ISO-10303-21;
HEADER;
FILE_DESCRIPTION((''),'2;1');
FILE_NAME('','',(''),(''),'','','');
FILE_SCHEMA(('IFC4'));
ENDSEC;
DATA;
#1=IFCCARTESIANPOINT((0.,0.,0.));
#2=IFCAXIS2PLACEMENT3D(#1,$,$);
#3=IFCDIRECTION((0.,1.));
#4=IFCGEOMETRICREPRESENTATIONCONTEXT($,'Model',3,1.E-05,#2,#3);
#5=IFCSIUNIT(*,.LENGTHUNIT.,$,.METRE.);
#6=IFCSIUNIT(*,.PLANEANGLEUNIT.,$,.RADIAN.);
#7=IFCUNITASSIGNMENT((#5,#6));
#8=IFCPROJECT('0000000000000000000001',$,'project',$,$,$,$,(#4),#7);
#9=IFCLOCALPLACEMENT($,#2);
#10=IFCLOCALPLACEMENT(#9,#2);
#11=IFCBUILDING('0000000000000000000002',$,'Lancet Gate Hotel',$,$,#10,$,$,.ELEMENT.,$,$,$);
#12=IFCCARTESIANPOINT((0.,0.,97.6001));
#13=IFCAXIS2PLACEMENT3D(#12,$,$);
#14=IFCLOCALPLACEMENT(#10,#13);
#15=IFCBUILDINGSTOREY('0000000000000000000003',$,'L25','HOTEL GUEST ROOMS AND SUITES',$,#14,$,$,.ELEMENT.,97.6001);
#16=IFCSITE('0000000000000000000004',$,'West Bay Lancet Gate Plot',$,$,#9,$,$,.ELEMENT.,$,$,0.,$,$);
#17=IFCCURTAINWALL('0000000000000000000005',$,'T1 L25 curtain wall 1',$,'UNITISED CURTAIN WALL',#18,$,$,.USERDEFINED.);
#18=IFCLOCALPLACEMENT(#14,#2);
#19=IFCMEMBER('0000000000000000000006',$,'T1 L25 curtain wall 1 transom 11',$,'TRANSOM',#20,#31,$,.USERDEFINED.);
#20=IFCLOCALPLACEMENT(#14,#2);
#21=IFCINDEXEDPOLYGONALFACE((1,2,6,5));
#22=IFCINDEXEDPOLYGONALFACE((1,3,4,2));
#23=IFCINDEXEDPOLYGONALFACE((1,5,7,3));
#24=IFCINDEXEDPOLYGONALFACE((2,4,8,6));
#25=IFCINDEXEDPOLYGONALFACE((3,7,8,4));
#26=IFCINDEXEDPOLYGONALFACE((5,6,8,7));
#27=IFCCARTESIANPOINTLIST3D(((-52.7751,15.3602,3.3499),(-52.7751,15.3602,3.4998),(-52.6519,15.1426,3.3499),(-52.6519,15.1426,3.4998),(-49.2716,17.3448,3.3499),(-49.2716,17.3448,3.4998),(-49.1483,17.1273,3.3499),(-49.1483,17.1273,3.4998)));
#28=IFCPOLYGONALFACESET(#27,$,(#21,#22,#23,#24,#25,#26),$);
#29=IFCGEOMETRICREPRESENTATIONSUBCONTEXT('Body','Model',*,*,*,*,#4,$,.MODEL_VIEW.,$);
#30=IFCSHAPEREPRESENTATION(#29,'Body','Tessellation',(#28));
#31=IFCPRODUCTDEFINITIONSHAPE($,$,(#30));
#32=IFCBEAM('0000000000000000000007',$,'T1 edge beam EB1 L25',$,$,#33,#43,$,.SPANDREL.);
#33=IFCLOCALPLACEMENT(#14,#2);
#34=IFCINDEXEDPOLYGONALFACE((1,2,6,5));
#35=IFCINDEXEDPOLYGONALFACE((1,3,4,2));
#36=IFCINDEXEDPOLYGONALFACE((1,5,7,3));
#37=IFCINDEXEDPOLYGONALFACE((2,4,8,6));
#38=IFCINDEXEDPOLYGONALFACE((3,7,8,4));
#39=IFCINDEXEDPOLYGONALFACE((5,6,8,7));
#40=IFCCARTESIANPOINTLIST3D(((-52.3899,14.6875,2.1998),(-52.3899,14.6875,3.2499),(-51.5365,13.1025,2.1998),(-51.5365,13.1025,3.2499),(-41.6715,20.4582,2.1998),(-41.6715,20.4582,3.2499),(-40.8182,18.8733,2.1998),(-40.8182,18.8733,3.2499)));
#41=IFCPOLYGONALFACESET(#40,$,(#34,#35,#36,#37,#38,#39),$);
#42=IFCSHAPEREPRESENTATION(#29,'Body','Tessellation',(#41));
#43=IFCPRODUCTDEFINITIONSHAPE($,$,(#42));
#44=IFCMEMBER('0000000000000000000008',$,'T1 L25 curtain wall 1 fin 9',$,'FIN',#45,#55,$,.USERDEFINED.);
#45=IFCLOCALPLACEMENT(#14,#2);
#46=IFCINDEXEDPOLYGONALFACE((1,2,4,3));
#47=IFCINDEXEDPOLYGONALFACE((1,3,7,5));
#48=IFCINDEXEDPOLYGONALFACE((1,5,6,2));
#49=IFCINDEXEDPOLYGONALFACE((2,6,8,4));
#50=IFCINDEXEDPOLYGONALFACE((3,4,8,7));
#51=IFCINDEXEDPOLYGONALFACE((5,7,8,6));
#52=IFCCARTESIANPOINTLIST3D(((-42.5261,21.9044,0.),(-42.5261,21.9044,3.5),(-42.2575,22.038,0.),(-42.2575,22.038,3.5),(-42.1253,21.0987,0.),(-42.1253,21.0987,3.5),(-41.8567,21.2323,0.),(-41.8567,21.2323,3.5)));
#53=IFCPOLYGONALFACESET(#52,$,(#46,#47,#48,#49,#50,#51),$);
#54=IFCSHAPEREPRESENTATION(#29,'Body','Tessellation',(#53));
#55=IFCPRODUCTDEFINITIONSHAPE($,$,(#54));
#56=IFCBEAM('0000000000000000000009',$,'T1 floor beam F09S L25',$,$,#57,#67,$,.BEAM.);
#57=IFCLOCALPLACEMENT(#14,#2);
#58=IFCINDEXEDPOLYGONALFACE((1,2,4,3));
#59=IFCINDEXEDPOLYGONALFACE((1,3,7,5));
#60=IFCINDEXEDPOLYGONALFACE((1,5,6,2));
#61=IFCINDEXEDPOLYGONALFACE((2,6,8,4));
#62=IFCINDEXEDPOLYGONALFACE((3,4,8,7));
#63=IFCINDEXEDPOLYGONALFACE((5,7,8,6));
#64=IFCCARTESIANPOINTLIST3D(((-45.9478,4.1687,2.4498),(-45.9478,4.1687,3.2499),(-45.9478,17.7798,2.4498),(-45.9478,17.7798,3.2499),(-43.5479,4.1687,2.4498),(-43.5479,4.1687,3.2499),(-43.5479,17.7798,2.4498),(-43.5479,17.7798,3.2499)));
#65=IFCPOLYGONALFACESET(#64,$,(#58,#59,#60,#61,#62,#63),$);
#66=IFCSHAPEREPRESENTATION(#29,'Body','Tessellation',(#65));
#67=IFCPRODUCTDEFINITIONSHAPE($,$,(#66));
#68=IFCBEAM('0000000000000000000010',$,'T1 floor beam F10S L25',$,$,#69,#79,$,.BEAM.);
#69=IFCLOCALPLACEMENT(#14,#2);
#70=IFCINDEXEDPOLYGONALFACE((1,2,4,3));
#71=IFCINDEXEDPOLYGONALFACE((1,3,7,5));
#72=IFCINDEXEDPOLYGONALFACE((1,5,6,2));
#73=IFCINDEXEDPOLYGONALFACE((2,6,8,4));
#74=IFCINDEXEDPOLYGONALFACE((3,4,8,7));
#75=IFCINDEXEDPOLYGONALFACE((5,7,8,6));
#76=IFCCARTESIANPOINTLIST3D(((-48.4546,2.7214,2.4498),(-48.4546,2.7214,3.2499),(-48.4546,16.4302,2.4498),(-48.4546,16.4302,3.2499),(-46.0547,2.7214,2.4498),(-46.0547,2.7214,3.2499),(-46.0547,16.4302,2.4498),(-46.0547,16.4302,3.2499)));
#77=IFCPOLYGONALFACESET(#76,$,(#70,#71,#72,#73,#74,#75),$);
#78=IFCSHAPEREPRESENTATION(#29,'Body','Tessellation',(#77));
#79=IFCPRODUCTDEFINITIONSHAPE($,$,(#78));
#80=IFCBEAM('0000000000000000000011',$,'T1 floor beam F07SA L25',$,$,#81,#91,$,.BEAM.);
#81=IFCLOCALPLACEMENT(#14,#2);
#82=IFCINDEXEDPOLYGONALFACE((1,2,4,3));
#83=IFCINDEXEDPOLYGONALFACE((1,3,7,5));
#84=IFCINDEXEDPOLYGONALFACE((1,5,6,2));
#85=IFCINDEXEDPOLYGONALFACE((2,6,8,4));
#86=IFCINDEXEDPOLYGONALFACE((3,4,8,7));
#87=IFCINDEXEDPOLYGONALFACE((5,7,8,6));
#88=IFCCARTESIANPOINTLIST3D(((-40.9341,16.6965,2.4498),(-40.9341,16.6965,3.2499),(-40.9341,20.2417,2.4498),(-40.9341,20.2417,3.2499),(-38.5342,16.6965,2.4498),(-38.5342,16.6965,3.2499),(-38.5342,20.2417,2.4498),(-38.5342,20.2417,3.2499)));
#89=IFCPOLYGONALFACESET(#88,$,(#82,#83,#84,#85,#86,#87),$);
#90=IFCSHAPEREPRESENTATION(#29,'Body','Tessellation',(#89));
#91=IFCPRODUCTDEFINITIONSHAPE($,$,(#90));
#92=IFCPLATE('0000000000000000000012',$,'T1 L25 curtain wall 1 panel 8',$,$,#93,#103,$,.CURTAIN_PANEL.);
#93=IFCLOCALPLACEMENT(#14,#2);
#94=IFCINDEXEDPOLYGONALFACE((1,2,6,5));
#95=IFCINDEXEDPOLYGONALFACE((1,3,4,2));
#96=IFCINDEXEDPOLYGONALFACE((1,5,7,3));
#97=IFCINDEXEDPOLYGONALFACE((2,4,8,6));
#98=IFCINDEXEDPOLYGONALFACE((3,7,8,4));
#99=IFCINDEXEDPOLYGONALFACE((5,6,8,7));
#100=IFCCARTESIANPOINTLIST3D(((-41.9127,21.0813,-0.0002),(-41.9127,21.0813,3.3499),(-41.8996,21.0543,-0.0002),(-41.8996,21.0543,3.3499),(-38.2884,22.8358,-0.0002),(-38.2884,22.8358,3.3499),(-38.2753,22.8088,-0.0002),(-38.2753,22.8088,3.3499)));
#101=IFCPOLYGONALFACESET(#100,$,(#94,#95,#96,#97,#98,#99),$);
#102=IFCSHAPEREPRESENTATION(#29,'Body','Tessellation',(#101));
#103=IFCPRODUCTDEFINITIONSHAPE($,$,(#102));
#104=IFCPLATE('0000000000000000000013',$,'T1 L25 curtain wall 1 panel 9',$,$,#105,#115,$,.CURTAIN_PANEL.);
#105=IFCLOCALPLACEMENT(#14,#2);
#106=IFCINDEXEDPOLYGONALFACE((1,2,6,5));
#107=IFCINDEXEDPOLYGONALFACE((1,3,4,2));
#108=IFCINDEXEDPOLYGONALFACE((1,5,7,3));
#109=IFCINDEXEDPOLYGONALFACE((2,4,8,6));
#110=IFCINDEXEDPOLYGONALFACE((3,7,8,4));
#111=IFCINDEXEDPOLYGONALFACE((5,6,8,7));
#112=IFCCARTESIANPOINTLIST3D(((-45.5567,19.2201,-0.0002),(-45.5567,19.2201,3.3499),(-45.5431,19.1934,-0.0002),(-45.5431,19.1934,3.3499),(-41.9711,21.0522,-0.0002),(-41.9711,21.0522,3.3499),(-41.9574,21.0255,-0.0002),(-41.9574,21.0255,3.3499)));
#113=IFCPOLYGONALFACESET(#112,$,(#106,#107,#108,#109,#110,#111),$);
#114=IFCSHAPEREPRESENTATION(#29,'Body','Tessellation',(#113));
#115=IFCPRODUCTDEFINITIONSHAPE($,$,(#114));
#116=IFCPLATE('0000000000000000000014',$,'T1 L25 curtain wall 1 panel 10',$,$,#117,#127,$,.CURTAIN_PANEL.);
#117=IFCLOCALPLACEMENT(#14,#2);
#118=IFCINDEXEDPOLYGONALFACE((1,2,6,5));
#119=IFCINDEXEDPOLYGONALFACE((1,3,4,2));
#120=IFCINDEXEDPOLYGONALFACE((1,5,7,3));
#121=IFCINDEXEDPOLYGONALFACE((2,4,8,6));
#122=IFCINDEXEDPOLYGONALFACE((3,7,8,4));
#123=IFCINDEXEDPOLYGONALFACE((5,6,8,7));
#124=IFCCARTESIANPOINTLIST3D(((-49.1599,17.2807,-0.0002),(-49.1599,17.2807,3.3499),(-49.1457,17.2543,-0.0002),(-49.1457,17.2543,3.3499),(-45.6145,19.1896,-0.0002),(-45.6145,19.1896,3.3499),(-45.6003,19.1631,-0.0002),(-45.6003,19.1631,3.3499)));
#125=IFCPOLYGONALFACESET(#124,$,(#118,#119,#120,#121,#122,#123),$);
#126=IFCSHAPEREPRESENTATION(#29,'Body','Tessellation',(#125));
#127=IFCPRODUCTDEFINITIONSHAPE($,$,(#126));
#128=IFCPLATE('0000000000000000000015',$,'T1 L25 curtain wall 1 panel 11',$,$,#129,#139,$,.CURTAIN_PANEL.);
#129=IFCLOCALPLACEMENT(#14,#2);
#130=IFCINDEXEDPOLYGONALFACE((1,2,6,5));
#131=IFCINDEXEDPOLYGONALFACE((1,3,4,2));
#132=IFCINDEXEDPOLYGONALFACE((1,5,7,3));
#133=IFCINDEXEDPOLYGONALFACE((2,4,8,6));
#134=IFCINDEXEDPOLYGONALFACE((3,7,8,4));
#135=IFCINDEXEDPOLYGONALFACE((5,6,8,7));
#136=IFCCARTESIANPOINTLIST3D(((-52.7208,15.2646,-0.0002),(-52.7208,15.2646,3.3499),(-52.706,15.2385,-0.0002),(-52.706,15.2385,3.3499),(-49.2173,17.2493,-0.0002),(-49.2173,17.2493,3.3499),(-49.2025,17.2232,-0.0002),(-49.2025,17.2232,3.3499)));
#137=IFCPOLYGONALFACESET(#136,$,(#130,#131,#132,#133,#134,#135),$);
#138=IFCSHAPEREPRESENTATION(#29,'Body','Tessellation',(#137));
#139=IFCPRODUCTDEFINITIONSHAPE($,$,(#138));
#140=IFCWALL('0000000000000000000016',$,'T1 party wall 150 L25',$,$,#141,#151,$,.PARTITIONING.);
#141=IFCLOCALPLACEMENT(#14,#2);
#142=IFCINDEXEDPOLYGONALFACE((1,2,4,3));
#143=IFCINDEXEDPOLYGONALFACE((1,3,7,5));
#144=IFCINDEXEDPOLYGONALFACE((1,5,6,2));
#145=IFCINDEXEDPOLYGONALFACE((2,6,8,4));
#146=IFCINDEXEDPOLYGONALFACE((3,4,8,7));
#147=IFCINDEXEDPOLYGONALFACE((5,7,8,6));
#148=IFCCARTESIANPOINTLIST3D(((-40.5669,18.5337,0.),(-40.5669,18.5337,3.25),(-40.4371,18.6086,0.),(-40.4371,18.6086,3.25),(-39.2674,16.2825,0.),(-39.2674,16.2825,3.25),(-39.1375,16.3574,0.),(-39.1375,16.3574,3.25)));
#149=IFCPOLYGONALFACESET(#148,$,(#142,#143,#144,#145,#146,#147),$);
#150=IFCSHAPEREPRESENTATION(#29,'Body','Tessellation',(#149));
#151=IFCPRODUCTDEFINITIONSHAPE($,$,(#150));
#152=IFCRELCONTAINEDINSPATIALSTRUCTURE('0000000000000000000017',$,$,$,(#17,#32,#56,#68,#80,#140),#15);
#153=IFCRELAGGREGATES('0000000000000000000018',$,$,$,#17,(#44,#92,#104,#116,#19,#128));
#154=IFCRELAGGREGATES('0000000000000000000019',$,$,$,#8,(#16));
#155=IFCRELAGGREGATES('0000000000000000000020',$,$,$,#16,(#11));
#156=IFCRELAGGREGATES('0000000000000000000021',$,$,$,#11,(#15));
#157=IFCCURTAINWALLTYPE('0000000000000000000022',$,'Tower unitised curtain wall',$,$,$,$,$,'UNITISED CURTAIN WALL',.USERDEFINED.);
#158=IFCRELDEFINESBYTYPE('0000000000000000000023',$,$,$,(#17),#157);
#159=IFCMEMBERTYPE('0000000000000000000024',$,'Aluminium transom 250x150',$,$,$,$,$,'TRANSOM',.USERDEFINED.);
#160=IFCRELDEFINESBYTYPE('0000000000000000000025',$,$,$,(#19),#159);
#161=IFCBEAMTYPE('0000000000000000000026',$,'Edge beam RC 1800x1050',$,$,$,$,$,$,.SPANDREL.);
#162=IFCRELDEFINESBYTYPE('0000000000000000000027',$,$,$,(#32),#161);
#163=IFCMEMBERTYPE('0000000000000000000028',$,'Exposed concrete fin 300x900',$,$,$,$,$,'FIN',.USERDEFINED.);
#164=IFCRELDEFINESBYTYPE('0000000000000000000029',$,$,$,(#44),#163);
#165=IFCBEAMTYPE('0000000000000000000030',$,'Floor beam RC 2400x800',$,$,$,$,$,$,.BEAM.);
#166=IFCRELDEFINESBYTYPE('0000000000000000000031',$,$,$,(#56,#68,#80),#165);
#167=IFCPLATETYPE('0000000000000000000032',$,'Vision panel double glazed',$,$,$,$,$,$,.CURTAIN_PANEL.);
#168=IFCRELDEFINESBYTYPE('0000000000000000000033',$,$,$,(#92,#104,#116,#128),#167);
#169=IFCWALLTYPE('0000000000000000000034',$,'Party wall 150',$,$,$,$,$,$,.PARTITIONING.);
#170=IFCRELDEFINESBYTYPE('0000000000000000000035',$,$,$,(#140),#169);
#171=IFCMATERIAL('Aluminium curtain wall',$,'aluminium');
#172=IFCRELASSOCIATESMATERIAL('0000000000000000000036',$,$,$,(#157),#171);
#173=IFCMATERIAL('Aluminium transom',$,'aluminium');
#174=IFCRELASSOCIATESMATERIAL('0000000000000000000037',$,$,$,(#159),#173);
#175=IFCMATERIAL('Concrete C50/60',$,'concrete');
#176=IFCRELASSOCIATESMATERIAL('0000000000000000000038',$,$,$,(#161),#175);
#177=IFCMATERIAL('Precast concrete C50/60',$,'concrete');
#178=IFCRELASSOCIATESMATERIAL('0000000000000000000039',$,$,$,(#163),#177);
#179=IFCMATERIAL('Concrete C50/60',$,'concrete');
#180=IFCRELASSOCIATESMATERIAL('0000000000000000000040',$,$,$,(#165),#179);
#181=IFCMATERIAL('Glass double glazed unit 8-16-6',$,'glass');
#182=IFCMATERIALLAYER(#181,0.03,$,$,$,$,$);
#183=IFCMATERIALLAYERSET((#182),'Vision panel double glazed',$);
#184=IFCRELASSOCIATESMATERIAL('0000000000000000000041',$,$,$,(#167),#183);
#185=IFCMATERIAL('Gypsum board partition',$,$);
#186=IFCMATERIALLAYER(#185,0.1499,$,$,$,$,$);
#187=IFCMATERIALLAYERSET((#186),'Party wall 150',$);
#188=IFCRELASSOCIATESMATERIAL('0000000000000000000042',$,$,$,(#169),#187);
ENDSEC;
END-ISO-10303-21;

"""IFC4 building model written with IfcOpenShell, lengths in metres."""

from ifc_helpers import new_model, si_unit, direction, frame, frame_2d, origin, origin_2d, place, context, subcontext, project, spatial, rectangle, extrude, material, layer, layer_set, material_profile, profile_set, type_object, element, aggregate, save


model = new_model("IFC4")

# Units and contexts
model_context = context("Model", 3, precision=1e-05, world=origin(), true_north=direction((0.0, 1.0)))
body_context = subcontext(model_context, "Body", "Model", "MODEL_VIEW")
ifc_project = project(units=[si_unit("LENGTHUNIT", "METRE"), si_unit("PLANEANGLEUNIT", "RADIAN")], contexts=[model_context])

# Site, building, storey
site_placement = place(None, origin())
site = spatial("IfcSite", under=ifc_project, at=site_placement, Name="West Bay Lancet Gate Plot", CompositionType="ELEMENT", RefElevation=0.0)
building_placement = place(site_placement, origin())
building = spatial("IfcBuilding", under=site, at=building_placement, Name="Lancet Gate Hotel", CompositionType="ELEMENT")
storey_placement = place(building_placement, frame((0.0, 0.0, 97.6001)))
storey = spatial("IfcBuildingStorey", under=building, at=storey_placement, Name="L25", Description="HOTEL GUEST ROOMS AND SUITES", CompositionType="ELEMENT", Elevation=97.6001)

# Curtain wall, member
ifc_material_1 = material(Name="Aluminium curtain wall", Category="aluminium")
curtain_wall_type = type_object("IfcCurtainWallType", Name="Tower unitised curtain wall", ElementType="UNITISED CURTAIN WALL", PredefinedType="USERDEFINED", material=ifc_material_1)
curtain_wall_placement = place(storey_placement, origin())
curtain_wall = element("IfcCurtainWall", 1, at=curtain_wall_placement, inside=storey, type_object=curtain_wall_type, Name="T1 L25 curtain wall 1", ObjectType="UNITISED CURTAIN WALL", PredefinedType="USERDEFINED")
ifc_material_2 = material(Name="Aluminium transom", Category="aluminium")
ifc_material_profile_1 = material_profile(ifc_material_2, rectangle(XDim=0.25, YDim=0.1499, at=origin_2d()), Name="TRANSOM 250x150")
ifc_profile_set_1 = profile_set([ifc_material_profile_1], Name="Aluminium transom")
member_type_1 = type_object("IfcMemberType", Name="Aluminium transom 250x150", ElementType="TRANSOM", PredefinedType="USERDEFINED", material=ifc_profile_set_1)
member_1_placement = place(storey_placement, frame((-49.21, 17.2361, 3.4248), z_axis=(-0.870092, -0.49289, 0.0), x_axis=(0.49289, -0.870092, 0.0)))
member_1 = element("IfcMember", 2, at=member_1_placement, type_object=member_type_1, Name="T1 L25 curtain wall 1 transom 11", ObjectType="TRANSOM", PredefinedType="USERDEFINED", context=body_context, shape_type="SweptSolid", body=[
    extrude(rectangle(XDim=0.25, YDim=0.1499, at=origin_2d()), origin(), (0.0, 0.0, 1.0), 4.0266),
])

# Beam
ifc_material_3 = material(Name="Concrete C50/60", Category="concrete")
ifc_material_profile_2 = material_profile(ifc_material_3, rectangle(XDim=1.8, YDim=1.05, at=origin_2d()), Name="RC 1800x1050")
ifc_profile_set_2 = profile_set([ifc_material_profile_2], Name="Concrete C50/60")
beam_type_1 = type_object("IfcBeamType", Name="Edge beam RC 1800x1050", PredefinedType="SPANDREL", material=ifc_profile_set_2)
beam_1_placement = place(storey_placement, frame((-41.2449, 19.6658, 2.7249), z_axis=(-0.880492, -0.47406, 0.0), x_axis=(0.47406, -0.880492, 0.0)))
element("IfcBeam", 3, at=beam_1_placement, inside=storey, type_object=beam_type_1, Name="T1 edge beam EB1 L25", PredefinedType="SPANDREL", context=body_context, shape_type="SweptSolid", body=[
    extrude(rectangle(XDim=1.8, YDim=1.05, at=origin_2d()), origin(), (0.0, 0.0, 1.0), 12.1731),
])

# Member
ifc_material_4 = material(Name="Precast concrete C50/60", Category="concrete")
ifc_material_profile_3 = material_profile(ifc_material_4, rectangle(XDim=0.3, YDim=0.8999, at=origin_2d()), Name="FIN 300x900")
ifc_profile_set_3 = profile_set([ifc_material_profile_3], Name="Precast concrete C50/60")
member_type_2 = type_object("IfcMemberType", Name="Exposed concrete fin 300x900", ElementType="FIN", PredefinedType="USERDEFINED", material=ifc_profile_set_3)
member_2_placement = place(storey_placement, frame((-42.1914, 21.5684, 0.0), z_axis=(0.0, 0.0, 1.0), x_axis=(-0.895339, -0.445384, 0.0)))
member_2 = element("IfcMember", 4, at=member_2_placement, type_object=member_type_2, Name="T1 L25 curtain wall 1 fin 9", ObjectType="FIN", PredefinedType="USERDEFINED", context=body_context, shape_type="SweptSolid", body=[
    extrude(rectangle(XDim=0.3, YDim=0.8999, at=origin_2d()), origin(), (0.0, 0.0, 1.0), 3.5),
])

# Beams
ifc_material_5 = material(Name="Concrete C50/60", Category="concrete")
ifc_material_profile_4 = material_profile(ifc_material_5, rectangle(XDim=2.3999, YDim=0.8, at=origin_2d()), Name="RC 2400x800")
ifc_profile_set_4 = profile_set([ifc_material_profile_4], Name="Concrete C50/60")
beam_type_2 = type_object("IfcBeamType", Name="Floor beam RC 2400x800", PredefinedType="BEAM", material=ifc_profile_set_4)
beam_2_placement = place(storey_placement, frame((-44.7478, 17.7798, 2.8499), z_axis=(0.0, -1.0, 0.0), x_axis=(1.0, 0.0, 0.0)))
element("IfcBeam", 5, at=beam_2_placement, inside=storey, type_object=beam_type_2, Name="T1 floor beam F09S L25", PredefinedType="BEAM", context=body_context, shape_type="SweptSolid", body=[
    extrude(rectangle(XDim=2.3999, YDim=0.8, at=origin_2d()), origin(), (0.0, 0.0, 1.0), 13.6111),
])
beam_3_placement = place(storey_placement, frame((-47.2546, 16.4302, 2.8499), z_axis=(0.0, -1.0, 0.0), x_axis=(1.0, 0.0, 0.0)))
element("IfcBeam", 6, at=beam_3_placement, inside=storey, type_object=beam_type_2, Name="T1 floor beam F10S L25", PredefinedType="BEAM", context=body_context, shape_type="SweptSolid", body=[
    extrude(rectangle(XDim=2.3999, YDim=0.8, at=origin_2d()), origin(), (0.0, 0.0, 1.0), 13.7087),
])
beam_4_placement = place(storey_placement, frame((-39.7341, 20.2417, 2.8499), z_axis=(0.0, -1.0, 0.0), x_axis=(1.0, 0.0, 0.0)))
element("IfcBeam", 7, at=beam_4_placement, inside=storey, type_object=beam_type_2, Name="T1 floor beam F07SA L25", PredefinedType="BEAM", context=body_context, shape_type="SweptSolid", body=[
    extrude(rectangle(XDim=2.3999, YDim=0.8, at=origin_2d()), origin(), (0.0, 0.0, 1.0), 3.5452),
])

# Plates
ifc_material_6 = material(Name="Glass double glazed unit 8-16-6", Category="glass")
ifc_layer_1 = layer(ifc_material_6, 0.03)
ifc_layer_set_1 = layer_set([ifc_layer_1], Name="Vision panel double glazed")
plate_type = type_object("IfcPlateType", Name="Vision panel double glazed", PredefinedType="CURTAIN_PANEL", material=ifc_layer_set_1)
plate_1_placement = place(storey_placement, frame((-40.094, 21.9451, -0.0002), z_axis=(0.0, 0.0, 1.0), x_axis=(-0.900082, -0.435721, 0.0)))
plate_1 = element("IfcPlate", 8, at=plate_1_placement, type_object=plate_type, Name="T1 L25 curtain wall 1 panel 8", PredefinedType="CURTAIN_PANEL", context=body_context, shape_type="SweptSolid", body=[
    extrude(rectangle(XDim=4.0266, YDim=0.03, at=origin_2d()), origin(), (0.0, 0.0, 1.0), 3.3501),
])
plate_2_placement = place(storey_placement, frame((-43.7571, 20.1228, -0.0002), z_axis=(0.0, 0.0, 1.0), x_axis=(-0.890493, -0.454996, 0.0)))
plate_2 = element("IfcPlate", 9, at=plate_2_placement, type_object=plate_type, Name="T1 L25 curtain wall 1 panel 9", PredefinedType="CURTAIN_PANEL", context=body_context, shape_type="SweptSolid", body=[
    extrude(rectangle(XDim=4.0266, YDim=0.03, at=origin_2d()), origin(), (0.0, 0.0, 1.0), 3.3501),
])
plate_3_placement = place(storey_placement, frame((-47.3801, 18.2219, -0.0002), z_axis=(0.0, 0.0, 1.0), x_axis=(-0.880493, -0.47406, 0.0)))
plate_3 = element("IfcPlate", 10, at=plate_3_placement, type_object=plate_type, Name="T1 L25 curtain wall 1 panel 10", PredefinedType="CURTAIN_PANEL", context=body_context, shape_type="SweptSolid", body=[
    extrude(rectangle(XDim=4.0266, YDim=0.03, at=origin_2d()), origin(), (0.0, 0.0, 1.0), 3.3501),
])
plate_4_placement = place(storey_placement, frame((-50.9617, 16.2439, -0.0002), z_axis=(0.0, 0.0, 1.0), x_axis=(-0.870084, -0.492904, 0.0)))
plate_4 = element("IfcPlate", 11, at=plate_4_placement, type_object=plate_type, Name="T1 L25 curtain wall 1 panel 11", PredefinedType="CURTAIN_PANEL", context=body_context, shape_type="SweptSolid", body=[
    extrude(rectangle(XDim=4.0266, YDim=0.03, at=origin_2d()), origin(), (0.0, 0.0, 1.0), 3.3501),
])
aggregate(curtain_wall, [member_2, plate_1, plate_2, plate_3, member_1, plate_4])

# Wall
ifc_material_7 = material(Name="Gypsum board partition")
ifc_layer_2 = layer(ifc_material_7, 0.1499)
ifc_layer_set_2 = layer_set([ifc_layer_2], Name="Party wall 150")
wall_type = type_object("IfcWallType", Name="Party wall 150", PredefinedType="PARTITIONING", material=ifc_layer_set_2)
wall_placement = place(storey_placement, frame((-39.2024, 16.3198, 0.0), z_axis=(0.0, 0.0, 1.0), x_axis=(-0.499947, 0.866056, 0.0)))
element("IfcWall", 12, at=wall_placement, inside=storey, type_object=wall_type, Name="T1 party wall 150 L25", PredefinedType="PARTITIONING", context=body_context, shape_type="SweptSolid", body=[
    extrude(rectangle(XDim=2.5994, YDim=0.1499, at=frame_2d((1.2998, 0.0))), origin(), (0.0, 0.0, 1.0), 3.25),
])

save(model, "model.ifc")
